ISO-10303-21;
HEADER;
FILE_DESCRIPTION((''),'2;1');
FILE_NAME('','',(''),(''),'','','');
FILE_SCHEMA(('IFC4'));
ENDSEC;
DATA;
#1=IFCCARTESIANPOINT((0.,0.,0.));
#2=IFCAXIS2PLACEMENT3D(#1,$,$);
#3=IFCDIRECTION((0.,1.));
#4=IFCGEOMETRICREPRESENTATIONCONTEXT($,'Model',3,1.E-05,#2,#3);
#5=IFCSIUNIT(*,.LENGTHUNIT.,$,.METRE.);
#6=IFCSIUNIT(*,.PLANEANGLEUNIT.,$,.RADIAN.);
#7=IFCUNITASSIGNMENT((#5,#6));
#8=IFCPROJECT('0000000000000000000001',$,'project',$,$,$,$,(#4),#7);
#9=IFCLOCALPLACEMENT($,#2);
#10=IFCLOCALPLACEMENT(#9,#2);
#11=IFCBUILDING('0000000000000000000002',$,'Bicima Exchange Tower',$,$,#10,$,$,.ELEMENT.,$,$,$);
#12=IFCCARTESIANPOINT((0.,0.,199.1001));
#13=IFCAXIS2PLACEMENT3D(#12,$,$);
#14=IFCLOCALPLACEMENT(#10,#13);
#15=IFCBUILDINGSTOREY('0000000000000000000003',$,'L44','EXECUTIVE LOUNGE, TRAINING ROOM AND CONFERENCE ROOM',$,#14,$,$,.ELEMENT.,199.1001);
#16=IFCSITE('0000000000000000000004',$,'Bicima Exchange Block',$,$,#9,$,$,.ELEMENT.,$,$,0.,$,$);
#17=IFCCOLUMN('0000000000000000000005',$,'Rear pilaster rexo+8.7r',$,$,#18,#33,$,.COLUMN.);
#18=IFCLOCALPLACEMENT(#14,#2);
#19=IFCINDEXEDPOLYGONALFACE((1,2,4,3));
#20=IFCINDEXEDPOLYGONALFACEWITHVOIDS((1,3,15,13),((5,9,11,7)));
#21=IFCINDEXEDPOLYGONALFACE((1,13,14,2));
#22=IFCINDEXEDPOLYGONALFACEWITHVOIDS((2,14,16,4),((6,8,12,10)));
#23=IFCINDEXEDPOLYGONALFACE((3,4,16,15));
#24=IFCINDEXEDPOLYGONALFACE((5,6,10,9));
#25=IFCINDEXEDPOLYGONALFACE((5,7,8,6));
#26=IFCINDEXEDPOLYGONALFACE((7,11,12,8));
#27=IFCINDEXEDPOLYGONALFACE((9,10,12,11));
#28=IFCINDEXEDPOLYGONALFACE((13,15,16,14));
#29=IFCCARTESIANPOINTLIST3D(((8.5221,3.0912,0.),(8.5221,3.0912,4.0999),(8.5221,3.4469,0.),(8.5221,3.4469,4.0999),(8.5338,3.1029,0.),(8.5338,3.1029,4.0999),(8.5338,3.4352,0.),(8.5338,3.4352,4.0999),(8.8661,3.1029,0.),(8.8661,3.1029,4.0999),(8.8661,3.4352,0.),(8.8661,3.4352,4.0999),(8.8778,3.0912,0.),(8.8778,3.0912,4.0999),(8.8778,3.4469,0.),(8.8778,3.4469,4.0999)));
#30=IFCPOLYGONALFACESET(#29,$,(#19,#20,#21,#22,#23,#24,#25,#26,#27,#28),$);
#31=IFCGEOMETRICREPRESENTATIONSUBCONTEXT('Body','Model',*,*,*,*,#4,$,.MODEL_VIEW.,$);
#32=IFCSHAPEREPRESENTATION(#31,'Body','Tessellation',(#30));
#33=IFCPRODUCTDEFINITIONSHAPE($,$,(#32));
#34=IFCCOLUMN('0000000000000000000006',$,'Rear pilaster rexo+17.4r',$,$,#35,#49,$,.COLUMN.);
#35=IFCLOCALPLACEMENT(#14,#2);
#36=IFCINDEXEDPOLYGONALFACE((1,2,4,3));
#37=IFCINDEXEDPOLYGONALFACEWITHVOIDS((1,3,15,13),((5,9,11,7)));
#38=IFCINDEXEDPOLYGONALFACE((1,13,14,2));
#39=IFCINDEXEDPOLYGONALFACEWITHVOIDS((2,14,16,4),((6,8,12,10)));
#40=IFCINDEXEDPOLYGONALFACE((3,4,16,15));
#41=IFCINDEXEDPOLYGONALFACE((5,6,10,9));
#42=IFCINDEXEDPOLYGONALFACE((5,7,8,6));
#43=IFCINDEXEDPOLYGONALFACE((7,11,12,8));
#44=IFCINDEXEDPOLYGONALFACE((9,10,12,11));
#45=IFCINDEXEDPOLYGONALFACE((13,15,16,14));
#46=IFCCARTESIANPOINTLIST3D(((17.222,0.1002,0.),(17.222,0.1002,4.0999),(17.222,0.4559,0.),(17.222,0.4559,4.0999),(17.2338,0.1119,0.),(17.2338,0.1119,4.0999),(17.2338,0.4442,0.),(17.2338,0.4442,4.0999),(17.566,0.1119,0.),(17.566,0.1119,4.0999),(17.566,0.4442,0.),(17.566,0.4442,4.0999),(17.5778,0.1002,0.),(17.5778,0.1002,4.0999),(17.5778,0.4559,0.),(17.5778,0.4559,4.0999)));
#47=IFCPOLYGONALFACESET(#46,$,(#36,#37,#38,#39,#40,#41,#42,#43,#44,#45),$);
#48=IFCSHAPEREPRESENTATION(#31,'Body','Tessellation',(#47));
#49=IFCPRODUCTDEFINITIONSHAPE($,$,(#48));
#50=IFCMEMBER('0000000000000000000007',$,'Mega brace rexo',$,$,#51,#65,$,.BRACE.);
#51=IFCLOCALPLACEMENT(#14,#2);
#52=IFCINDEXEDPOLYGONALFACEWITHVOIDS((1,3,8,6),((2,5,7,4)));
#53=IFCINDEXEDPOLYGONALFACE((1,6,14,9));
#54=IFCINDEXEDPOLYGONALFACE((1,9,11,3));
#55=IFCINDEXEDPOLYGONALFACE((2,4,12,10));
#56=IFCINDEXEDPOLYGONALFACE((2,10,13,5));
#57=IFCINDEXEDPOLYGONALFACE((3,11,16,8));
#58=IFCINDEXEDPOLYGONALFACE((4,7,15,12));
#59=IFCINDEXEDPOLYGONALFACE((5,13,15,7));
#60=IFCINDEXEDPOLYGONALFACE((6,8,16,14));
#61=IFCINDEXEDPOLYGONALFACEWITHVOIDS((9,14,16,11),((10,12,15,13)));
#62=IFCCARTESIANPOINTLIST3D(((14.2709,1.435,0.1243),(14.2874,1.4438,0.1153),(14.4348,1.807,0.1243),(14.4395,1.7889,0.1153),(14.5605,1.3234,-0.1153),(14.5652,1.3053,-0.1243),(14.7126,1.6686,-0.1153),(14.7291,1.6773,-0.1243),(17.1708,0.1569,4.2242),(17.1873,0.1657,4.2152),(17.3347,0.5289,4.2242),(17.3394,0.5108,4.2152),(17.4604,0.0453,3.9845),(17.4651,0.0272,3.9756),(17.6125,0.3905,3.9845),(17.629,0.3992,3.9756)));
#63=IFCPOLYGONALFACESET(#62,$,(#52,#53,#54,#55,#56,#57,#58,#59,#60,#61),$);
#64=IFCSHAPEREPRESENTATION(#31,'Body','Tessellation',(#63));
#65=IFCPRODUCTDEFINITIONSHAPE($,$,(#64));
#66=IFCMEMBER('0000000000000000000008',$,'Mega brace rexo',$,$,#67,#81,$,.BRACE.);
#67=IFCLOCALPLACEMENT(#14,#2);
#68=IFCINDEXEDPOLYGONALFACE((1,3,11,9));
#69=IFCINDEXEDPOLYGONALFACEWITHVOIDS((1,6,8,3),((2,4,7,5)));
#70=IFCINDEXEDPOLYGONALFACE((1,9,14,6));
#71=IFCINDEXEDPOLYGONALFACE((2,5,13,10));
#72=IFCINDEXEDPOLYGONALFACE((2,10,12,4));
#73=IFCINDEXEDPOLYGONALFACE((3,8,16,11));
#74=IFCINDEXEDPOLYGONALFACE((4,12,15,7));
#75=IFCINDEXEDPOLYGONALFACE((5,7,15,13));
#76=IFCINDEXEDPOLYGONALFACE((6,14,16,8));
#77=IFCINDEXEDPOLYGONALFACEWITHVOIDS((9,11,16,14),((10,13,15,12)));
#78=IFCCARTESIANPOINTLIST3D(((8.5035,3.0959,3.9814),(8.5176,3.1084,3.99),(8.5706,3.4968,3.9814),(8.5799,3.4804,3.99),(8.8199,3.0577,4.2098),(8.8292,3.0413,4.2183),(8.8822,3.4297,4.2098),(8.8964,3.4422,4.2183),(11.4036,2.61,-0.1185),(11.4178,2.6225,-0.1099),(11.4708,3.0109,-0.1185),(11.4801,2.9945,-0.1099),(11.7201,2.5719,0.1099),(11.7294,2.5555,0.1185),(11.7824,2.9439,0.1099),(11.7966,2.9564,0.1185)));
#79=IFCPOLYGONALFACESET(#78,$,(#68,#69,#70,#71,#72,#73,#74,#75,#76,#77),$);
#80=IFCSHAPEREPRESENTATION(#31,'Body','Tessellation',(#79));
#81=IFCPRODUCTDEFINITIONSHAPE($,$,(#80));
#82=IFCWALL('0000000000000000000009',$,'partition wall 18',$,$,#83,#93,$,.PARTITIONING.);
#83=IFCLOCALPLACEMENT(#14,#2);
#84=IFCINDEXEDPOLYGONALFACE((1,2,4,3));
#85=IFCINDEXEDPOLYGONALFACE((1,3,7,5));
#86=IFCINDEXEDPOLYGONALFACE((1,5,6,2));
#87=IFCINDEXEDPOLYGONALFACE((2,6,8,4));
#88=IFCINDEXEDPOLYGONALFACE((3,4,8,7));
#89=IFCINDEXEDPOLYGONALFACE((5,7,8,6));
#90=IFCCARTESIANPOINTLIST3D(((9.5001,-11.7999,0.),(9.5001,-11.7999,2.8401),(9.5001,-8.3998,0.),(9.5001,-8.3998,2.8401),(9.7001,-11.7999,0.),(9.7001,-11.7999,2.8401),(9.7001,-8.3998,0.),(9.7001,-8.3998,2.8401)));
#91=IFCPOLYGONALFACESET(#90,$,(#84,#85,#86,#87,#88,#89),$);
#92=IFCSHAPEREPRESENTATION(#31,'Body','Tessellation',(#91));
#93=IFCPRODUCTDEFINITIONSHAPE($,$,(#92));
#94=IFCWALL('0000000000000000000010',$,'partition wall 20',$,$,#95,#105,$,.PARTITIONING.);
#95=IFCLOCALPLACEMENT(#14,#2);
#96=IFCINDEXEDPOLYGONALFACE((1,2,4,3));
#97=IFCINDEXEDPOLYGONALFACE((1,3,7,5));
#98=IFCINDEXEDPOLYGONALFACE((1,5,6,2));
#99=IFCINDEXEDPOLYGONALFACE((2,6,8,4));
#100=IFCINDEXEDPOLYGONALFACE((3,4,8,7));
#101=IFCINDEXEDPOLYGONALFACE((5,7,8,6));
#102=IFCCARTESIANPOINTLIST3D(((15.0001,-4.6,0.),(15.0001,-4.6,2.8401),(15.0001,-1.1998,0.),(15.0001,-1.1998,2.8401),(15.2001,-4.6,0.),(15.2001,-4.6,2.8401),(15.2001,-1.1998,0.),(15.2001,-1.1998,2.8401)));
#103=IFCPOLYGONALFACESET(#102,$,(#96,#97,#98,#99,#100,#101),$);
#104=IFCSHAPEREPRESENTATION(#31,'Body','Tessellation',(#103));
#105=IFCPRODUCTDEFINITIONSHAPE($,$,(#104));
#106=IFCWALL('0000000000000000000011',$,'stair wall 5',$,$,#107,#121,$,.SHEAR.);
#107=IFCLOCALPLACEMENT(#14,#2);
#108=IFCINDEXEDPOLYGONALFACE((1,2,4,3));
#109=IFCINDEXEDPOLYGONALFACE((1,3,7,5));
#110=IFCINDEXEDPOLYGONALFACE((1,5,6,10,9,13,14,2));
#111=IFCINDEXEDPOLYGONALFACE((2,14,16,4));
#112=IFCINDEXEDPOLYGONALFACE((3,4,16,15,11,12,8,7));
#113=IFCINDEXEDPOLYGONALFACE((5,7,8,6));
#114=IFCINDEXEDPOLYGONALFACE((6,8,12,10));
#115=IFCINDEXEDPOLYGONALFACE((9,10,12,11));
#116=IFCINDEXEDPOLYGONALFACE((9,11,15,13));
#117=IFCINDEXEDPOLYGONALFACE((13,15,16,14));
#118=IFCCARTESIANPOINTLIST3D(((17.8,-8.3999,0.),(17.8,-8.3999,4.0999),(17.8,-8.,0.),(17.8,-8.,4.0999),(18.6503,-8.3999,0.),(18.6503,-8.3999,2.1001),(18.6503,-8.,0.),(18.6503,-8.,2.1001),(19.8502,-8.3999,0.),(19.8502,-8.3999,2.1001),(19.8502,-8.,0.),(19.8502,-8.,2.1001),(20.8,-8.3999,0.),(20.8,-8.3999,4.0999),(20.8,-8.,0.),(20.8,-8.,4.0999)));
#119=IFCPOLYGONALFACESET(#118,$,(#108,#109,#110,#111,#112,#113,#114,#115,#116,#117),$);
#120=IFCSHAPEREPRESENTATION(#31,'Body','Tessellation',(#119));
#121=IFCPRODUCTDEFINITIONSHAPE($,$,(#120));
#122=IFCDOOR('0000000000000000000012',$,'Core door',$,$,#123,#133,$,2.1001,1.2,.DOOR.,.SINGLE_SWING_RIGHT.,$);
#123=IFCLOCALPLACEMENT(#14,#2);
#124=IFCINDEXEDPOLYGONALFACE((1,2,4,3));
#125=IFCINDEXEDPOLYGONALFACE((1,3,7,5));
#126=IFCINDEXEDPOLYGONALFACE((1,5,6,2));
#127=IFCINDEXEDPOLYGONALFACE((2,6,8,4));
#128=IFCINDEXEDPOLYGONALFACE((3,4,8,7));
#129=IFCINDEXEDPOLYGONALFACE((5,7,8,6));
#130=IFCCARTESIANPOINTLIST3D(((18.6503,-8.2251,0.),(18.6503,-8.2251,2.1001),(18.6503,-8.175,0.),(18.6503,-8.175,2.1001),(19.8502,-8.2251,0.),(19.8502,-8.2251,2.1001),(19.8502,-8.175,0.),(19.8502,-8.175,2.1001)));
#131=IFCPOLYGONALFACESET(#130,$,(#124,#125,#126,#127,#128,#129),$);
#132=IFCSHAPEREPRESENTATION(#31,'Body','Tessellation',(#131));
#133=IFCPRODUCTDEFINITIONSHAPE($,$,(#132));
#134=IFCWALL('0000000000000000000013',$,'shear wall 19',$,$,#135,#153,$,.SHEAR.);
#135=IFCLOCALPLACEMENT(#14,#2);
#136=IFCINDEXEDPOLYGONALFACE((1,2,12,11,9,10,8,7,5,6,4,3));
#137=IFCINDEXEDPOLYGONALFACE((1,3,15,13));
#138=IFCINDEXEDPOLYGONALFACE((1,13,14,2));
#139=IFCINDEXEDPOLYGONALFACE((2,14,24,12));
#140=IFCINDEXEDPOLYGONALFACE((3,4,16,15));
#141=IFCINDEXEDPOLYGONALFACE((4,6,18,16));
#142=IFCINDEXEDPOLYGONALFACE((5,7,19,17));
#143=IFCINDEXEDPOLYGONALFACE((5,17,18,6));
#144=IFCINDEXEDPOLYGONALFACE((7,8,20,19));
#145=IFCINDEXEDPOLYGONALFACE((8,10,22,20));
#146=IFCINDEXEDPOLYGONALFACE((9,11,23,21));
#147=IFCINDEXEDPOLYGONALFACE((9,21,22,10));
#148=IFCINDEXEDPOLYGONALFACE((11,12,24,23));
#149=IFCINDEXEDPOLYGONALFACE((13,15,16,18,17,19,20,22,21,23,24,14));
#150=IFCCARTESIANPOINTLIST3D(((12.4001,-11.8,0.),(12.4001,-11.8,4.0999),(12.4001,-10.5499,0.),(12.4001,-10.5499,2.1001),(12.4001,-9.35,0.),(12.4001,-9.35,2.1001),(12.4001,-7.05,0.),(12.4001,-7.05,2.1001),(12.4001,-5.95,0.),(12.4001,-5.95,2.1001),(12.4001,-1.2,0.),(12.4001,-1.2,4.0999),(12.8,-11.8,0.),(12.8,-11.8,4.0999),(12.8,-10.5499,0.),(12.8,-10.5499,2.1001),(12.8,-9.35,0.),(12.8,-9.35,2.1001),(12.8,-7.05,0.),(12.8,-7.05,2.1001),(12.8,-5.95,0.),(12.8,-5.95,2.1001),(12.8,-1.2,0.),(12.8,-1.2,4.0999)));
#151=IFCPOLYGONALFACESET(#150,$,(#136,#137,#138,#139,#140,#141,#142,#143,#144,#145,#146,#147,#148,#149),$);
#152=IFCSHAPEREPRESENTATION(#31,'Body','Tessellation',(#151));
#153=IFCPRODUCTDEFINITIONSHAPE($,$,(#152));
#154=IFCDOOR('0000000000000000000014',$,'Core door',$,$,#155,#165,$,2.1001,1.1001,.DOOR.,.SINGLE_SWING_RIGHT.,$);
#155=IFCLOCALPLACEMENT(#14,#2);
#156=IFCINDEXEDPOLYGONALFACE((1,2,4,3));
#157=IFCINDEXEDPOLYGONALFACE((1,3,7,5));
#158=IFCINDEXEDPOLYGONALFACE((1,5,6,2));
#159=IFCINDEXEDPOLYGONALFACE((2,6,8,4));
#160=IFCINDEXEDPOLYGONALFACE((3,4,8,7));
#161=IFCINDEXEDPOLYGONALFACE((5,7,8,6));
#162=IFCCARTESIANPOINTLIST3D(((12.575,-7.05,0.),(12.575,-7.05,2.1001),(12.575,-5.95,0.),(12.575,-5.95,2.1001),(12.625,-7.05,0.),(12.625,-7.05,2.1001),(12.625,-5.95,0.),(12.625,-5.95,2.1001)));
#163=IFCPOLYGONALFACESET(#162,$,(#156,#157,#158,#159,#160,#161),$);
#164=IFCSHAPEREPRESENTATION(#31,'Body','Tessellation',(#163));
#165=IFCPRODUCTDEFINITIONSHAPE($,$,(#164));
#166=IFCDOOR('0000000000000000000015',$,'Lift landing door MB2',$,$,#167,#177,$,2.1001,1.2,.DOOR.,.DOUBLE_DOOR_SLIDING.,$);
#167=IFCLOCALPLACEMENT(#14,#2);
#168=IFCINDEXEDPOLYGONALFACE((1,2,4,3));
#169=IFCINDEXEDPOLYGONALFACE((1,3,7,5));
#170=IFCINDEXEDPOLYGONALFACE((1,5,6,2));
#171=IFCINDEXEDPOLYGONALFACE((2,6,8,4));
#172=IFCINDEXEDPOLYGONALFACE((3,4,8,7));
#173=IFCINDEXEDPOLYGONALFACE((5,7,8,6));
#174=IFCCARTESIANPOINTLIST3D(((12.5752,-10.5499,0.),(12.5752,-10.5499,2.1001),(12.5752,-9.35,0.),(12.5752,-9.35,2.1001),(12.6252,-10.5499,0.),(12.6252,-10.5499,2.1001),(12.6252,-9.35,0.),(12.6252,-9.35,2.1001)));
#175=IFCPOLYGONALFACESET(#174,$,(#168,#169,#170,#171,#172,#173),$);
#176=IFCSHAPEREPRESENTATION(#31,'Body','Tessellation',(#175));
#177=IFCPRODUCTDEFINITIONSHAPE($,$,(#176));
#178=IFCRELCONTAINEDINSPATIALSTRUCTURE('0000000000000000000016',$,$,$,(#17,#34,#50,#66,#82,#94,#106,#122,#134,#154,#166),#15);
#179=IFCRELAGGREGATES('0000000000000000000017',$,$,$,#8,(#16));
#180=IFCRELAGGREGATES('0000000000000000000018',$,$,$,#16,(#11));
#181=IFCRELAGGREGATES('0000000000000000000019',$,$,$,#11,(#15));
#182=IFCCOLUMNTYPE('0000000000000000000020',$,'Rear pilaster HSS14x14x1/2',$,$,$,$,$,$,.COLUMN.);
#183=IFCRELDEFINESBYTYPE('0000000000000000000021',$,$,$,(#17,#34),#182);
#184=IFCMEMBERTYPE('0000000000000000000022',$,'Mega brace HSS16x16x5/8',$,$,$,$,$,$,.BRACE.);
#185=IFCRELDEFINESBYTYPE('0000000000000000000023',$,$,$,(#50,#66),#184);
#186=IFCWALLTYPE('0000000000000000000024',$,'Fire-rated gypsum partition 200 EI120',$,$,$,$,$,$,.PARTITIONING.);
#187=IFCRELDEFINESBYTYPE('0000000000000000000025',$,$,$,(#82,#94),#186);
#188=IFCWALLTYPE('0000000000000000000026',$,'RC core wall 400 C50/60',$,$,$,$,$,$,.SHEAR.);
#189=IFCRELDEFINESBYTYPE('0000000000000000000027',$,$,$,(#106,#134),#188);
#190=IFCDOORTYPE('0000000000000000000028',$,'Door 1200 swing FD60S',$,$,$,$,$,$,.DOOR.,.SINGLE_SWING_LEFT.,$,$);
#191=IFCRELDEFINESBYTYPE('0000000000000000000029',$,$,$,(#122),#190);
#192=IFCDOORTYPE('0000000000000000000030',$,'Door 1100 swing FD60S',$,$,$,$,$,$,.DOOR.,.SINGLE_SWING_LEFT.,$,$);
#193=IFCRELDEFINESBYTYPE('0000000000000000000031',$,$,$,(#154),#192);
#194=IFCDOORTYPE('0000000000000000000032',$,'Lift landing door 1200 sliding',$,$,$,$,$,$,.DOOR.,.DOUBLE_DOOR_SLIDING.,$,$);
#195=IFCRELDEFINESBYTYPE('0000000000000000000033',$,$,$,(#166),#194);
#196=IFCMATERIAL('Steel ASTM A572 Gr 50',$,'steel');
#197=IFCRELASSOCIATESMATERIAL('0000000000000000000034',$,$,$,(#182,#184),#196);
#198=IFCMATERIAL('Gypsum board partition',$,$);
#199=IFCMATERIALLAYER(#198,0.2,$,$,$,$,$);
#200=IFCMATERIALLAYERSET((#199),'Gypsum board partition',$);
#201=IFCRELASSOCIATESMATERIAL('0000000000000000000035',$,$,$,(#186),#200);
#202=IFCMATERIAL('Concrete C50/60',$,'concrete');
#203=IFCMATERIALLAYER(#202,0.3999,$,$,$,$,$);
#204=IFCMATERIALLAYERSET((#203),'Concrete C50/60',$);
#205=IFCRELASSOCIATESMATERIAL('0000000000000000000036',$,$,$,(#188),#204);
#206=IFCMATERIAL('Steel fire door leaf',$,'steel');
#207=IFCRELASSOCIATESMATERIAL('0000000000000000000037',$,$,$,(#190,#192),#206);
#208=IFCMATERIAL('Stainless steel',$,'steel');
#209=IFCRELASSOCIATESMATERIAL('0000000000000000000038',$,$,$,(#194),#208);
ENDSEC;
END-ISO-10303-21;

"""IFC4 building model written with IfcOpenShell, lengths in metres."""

from ifc_helpers import new_model, si_unit, direction, frame, frame_2d, origin, origin_2d, place, context, subcontext, project, spatial, rectangle, hollow_rectangle, extrude, material, layer, layer_set, material_profile, profile_set, type_object, element, fill, save


model = new_model("IFC4")

# Units and contexts
model_context = context("Model", 3, precision=1e-05, world=origin(), true_north=direction((0.0, 1.0)))
body_context = subcontext(model_context, "Body", "Model", "MODEL_VIEW")
ifc_project = project(units=[si_unit("LENGTHUNIT", "METRE"), si_unit("PLANEANGLEUNIT", "RADIAN")], contexts=[model_context])

# Site, building, storey
site_placement = place(None, origin())
site = spatial("IfcSite", under=ifc_project, at=site_placement, Name="Bicima Exchange Block", CompositionType="ELEMENT", RefElevation=0.0)
building_placement = place(site_placement, origin())
building = spatial("IfcBuilding", under=site, at=building_placement, Name="Bicima Exchange Tower", CompositionType="ELEMENT")
storey_placement = place(building_placement, frame((0.0, 0.0, 199.1001)))
storey = spatial("IfcBuildingStorey", under=building, at=storey_placement, Name="L44", Description="EXECUTIVE LOUNGE, TRAINING ROOM AND CONFERENCE ROOM", CompositionType="ELEMENT", Elevation=199.1001)

# Columns
ifc_material_1 = material(Name="Steel ASTM A572 Gr 50", Category="steel")
ifc_material_profile_1 = material_profile(ifc_material_1, hollow_rectangle(XDim=0.3557, YDim=0.3557, WallThickness=0.0117, at=origin_2d()))
ifc_profile_set_1 = profile_set([ifc_material_profile_1], Name="Steel ASTM A572 Gr 50")
column_type = type_object("IfcColumnType", Name="Rear pilaster HSS14x14x1/2", PredefinedType="COLUMN", material=ifc_profile_set_1)
for number, where, z_axis, x_axis, name in (
    (1, (8.7, 3.269, 0.0), (0.0, 0.0, 1.0), (1.0, 0.0, 0.0), "Rear pilaster rexo+8.7r"),
    (2, (17.3999, 0.2781, 0.0), (0.0, 0.0, 1.0), (1.0, 0.0, 0.0), "Rear pilaster rexo+17.4r"),
):
    element("IfcColumn", number, at=place(storey_placement, frame(where, z_axis=z_axis, x_axis=x_axis)), inside=storey, type_object=column_type, Name=name, PredefinedType="COLUMN", context=body_context, shape_type="SweptSolid", body=[
        extrude(hollow_rectangle(XDim=0.3557, YDim=0.3557, WallThickness=0.0117, at=origin_2d()), origin(), (0.0, 0.0, 1.0), 4.0999),
    ])

# Members
ifc_material_profile_2 = material_profile(ifc_material_1, hollow_rectangle(XDim=0.4065, YDim=0.4065, WallThickness=0.0146, at=origin_2d()))
ifc_profile_set_2 = profile_set([ifc_material_profile_2], Name="Steel ASTM A572 Gr 50")
member_type = type_object("IfcMemberType", Name="Mega brace HSS16x16x5/8", PredefinedType="BRACE", material=ifc_profile_set_2)
member_1_placement = place(storey_placement, frame((14.5, 1.5562, 0.0), z_axis=(0.559625, -0.246644, 0.791193), x_axis=(0.403299, 0.915068, 0.0)))
element("IfcMember", 3, at=member_1_placement, inside=storey, type_object=member_type, Name="Mega brace rexo", PredefinedType="BRACE", context=body_context, shape_type="SweptSolid", body=[
    extrude(hollow_rectangle(XDim=0.4065, YDim=0.4065, WallThickness=0.0146, at=origin_2d()), origin(), (0.0, 0.0, 1.0), 5.1819),
])
member_2_placement = place(storey_placement, frame((11.6001, 2.7832, 0.0), z_axis=(-0.574814, 0.096294, 0.812598), x_axis=(-0.16522, -0.986257, 0.0)))
element("IfcMember", 4, at=member_2_placement, inside=storey, type_object=member_type, Name="Mega brace rexo", PredefinedType="BRACE", context=body_context, shape_type="SweptSolid", body=[
    extrude(hollow_rectangle(XDim=0.4065, YDim=0.4065, WallThickness=0.0146, at=origin_2d()), origin(), (0.0, 0.0, 1.0), 5.0454),
])

# Walls
ifc_material_2 = material(Name="Gypsum board partition")
ifc_layer_1 = layer(ifc_material_2, 0.2)
ifc_layer_set_1 = layer_set([ifc_layer_1], Name="Gypsum board partition")
wall_type_1 = type_object("IfcWallType", Name="Fire-rated gypsum partition 200 EI120", PredefinedType="PARTITIONING", material=ifc_layer_set_1)
for number, where, z_axis, x_axis, name in (
    (5, (9.6001, -11.8, 0.0), (0.0, 0.0, 1.0), (0.0, 1.0, 0.0), "partition wall 18"),
    (6, (15.1001, -4.6001, 0.0), (0.0, 0.0, 1.0), (0.0, 1.0, 0.0), "partition wall 20"),
):
    element("IfcWall", number, at=place(storey_placement, frame(where, z_axis=z_axis, x_axis=x_axis)), inside=storey, type_object=wall_type_1, Name=name, PredefinedType="PARTITIONING", context=body_context, shape_type="SweptSolid", body=[
        extrude(rectangle(XDim=3.4001, YDim=0.2, at=frame_2d((1.7002, 0.0))), origin(), (0.0, 0.0, 1.0), 2.8401),
    ])

# Wall, opening, door
ifc_material_3 = material(Name="Concrete C50/60", Category="concrete")
ifc_layer_2 = layer(ifc_material_3, 0.3999)
ifc_layer_set_2 = layer_set([ifc_layer_2], Name="Concrete C50/60")
wall_type_2 = type_object("IfcWallType", Name="RC core wall 400 C50/60", PredefinedType="SHEAR", material=ifc_layer_set_2)
wall_1_placement = place(storey_placement, frame((17.8, -8.2, 0.0), z_axis=(0.0, 0.0, 1.0), x_axis=(1.0, 0.0, 0.0)))
wall_1 = element("IfcWall", 7, at=wall_1_placement, inside=storey, type_object=wall_type_2, Name="stair wall 5", PredefinedType="SHEAR", context=body_context, shape_type="SweptSolid", body=[
    extrude(rectangle(XDim=3.0, YDim=0.3999, at=frame_2d((1.5, 0.0))), origin(), (0.0, 0.0, 1.0), 4.0999),
])
opening_1_placement = place(wall_1_placement, frame((0.8501, 0.0, 0.0)))
opening_1 = element("IfcOpeningElement", 8, at=opening_1_placement, cuts=wall_1, PredefinedType="OPENING", context=body_context, shape_type="SweptSolid", body=[
    extrude(rectangle(XDim=1.2, YDim=2.1001, at=frame_2d((0.6001, 1.05))), frame((0.0, 0.2119, 0.0), z_axis=(0.0, -1.0, 0.0), x_axis=(1.0, 0.0, 0.0)), (0.0, 0.0, 1.0), 0.4238),
])
ifc_material_4 = material(Name="Steel fire door leaf", Category="steel")
door_type_1 = type_object("IfcDoorType", Name="Door 1200 swing FD60S", OperationType="SINGLE_SWING_LEFT", PredefinedType="DOOR", material=ifc_material_4)
door_1_placement = place(opening_1_placement, origin())
door_1 = element("IfcDoor", 9, at=door_1_placement, inside=storey, type_object=door_type_1, Name="Core door", OperationType="SINGLE_SWING_RIGHT", OverallHeight=2.1001, OverallWidth=1.2, PredefinedType="DOOR", context=body_context, shape_type="SweptSolid", body=[
    extrude(rectangle(XDim=1.2, YDim=2.1001, at=frame_2d((0.6001, 1.05))), frame((0.0, 0.0249, 0.0), z_axis=(0.0, -1.0, 0.0), x_axis=(1.0, 0.0, 0.0)), (0.0, 0.0, 1.0), 0.05),
])
fill(opening_1, door_1)

# Wall, openings, doors
wall_2_placement = place(storey_placement, frame((12.6001, -11.8, 0.0), z_axis=(0.0, 0.0, 1.0), x_axis=(0.0, 1.0, 0.0)))
wall_2 = element("IfcWall", 10, at=wall_2_placement, inside=storey, type_object=wall_type_2, Name="shear wall 19", PredefinedType="SHEAR", context=body_context, shape_type="SweptSolid", body=[
    extrude(rectangle(XDim=10.6001, YDim=0.3999, at=frame_2d((5.3, 0.0))), origin(), (0.0, 0.0, 1.0), 4.0999),
])
opening_2_placement = place(wall_2_placement, frame((1.25, 0.0, 0.0)))
opening_2 = element("IfcOpeningElement", 11, at=opening_2_placement, cuts=wall_2, PredefinedType="OPENING", context=body_context, shape_type="SweptSolid", body=[
    extrude(rectangle(XDim=1.2, YDim=2.1001, at=frame_2d((0.6001, 1.05))), frame((0.0, 0.2119, 0.0), z_axis=(0.0, -1.0, 0.0), x_axis=(1.0, 0.0, 0.0)), (0.0, 0.0, 1.0), 0.4238),
])
opening_3_placement = place(wall_2_placement, frame((4.75, 0.0, 0.0)))
opening_3 = element("IfcOpeningElement", 12, at=opening_3_placement, cuts=wall_2, PredefinedType="OPENING", context=body_context, shape_type="SweptSolid", body=[
    extrude(rectangle(XDim=1.1001, YDim=2.1001, at=frame_2d((0.55, 1.05))), frame((0.0, 0.2119, 0.0), z_axis=(0.0, -1.0, 0.0), x_axis=(1.0, 0.0, 0.0)), (0.0, 0.0, 1.0), 0.4238),
])
door_type_2 = type_object("IfcDoorType", Name="Door 1100 swing FD60S", OperationType="SINGLE_SWING_LEFT", PredefinedType="DOOR", material=ifc_material_4)
door_2_placement = place(opening_3_placement, frame((1.1001, 0.0, 0.0), z_axis=(0.0, 0.0, 1.0), x_axis=(-1.0, 0.0, 0.0)))
door_2 = element("IfcDoor", 13, at=door_2_placement, inside=storey, type_object=door_type_2, Name="Core door", OperationType="SINGLE_SWING_RIGHT", OverallHeight=2.1001, OverallWidth=1.1001, PredefinedType="DOOR", context=body_context, shape_type="SweptSolid", body=[
    extrude(rectangle(XDim=1.1001, YDim=2.1001, at=frame_2d((0.55, 1.05))), frame((0.0, 0.0249, 0.0), z_axis=(0.0, -1.0, 0.0), x_axis=(1.0, 0.0, 0.0)), (0.0, 0.0, 1.0), 0.05),
])
fill(opening_3, door_2)
ifc_material_5 = material(Name="Stainless steel", Category="steel")
door_type_3 = type_object("IfcDoorType", Name="Lift landing door 1200 sliding", OperationType="DOUBLE_DOOR_SLIDING", PredefinedType="DOOR", material=ifc_material_5)
door_3_placement = place(opening_2_placement, origin())
door_3 = element("IfcDoor", 14, at=door_3_placement, inside=storey, type_object=door_type_3, Name="Lift landing door MB2", OperationType="DOUBLE_DOOR_SLIDING", OverallHeight=2.1001, OverallWidth=1.2, PredefinedType="DOOR", context=body_context, shape_type="SweptSolid", body=[
    extrude(rectangle(XDim=1.2, YDim=2.1001, at=frame_2d((0.6001, 1.05))), frame((0.0, 0.0249, 0.0), z_axis=(0.0, -1.0, 0.0), x_axis=(1.0, 0.0, 0.0)), (0.0, 0.0, 1.0), 0.05),
])
fill(opening_2, door_3)

save(model, "model.ifc")
